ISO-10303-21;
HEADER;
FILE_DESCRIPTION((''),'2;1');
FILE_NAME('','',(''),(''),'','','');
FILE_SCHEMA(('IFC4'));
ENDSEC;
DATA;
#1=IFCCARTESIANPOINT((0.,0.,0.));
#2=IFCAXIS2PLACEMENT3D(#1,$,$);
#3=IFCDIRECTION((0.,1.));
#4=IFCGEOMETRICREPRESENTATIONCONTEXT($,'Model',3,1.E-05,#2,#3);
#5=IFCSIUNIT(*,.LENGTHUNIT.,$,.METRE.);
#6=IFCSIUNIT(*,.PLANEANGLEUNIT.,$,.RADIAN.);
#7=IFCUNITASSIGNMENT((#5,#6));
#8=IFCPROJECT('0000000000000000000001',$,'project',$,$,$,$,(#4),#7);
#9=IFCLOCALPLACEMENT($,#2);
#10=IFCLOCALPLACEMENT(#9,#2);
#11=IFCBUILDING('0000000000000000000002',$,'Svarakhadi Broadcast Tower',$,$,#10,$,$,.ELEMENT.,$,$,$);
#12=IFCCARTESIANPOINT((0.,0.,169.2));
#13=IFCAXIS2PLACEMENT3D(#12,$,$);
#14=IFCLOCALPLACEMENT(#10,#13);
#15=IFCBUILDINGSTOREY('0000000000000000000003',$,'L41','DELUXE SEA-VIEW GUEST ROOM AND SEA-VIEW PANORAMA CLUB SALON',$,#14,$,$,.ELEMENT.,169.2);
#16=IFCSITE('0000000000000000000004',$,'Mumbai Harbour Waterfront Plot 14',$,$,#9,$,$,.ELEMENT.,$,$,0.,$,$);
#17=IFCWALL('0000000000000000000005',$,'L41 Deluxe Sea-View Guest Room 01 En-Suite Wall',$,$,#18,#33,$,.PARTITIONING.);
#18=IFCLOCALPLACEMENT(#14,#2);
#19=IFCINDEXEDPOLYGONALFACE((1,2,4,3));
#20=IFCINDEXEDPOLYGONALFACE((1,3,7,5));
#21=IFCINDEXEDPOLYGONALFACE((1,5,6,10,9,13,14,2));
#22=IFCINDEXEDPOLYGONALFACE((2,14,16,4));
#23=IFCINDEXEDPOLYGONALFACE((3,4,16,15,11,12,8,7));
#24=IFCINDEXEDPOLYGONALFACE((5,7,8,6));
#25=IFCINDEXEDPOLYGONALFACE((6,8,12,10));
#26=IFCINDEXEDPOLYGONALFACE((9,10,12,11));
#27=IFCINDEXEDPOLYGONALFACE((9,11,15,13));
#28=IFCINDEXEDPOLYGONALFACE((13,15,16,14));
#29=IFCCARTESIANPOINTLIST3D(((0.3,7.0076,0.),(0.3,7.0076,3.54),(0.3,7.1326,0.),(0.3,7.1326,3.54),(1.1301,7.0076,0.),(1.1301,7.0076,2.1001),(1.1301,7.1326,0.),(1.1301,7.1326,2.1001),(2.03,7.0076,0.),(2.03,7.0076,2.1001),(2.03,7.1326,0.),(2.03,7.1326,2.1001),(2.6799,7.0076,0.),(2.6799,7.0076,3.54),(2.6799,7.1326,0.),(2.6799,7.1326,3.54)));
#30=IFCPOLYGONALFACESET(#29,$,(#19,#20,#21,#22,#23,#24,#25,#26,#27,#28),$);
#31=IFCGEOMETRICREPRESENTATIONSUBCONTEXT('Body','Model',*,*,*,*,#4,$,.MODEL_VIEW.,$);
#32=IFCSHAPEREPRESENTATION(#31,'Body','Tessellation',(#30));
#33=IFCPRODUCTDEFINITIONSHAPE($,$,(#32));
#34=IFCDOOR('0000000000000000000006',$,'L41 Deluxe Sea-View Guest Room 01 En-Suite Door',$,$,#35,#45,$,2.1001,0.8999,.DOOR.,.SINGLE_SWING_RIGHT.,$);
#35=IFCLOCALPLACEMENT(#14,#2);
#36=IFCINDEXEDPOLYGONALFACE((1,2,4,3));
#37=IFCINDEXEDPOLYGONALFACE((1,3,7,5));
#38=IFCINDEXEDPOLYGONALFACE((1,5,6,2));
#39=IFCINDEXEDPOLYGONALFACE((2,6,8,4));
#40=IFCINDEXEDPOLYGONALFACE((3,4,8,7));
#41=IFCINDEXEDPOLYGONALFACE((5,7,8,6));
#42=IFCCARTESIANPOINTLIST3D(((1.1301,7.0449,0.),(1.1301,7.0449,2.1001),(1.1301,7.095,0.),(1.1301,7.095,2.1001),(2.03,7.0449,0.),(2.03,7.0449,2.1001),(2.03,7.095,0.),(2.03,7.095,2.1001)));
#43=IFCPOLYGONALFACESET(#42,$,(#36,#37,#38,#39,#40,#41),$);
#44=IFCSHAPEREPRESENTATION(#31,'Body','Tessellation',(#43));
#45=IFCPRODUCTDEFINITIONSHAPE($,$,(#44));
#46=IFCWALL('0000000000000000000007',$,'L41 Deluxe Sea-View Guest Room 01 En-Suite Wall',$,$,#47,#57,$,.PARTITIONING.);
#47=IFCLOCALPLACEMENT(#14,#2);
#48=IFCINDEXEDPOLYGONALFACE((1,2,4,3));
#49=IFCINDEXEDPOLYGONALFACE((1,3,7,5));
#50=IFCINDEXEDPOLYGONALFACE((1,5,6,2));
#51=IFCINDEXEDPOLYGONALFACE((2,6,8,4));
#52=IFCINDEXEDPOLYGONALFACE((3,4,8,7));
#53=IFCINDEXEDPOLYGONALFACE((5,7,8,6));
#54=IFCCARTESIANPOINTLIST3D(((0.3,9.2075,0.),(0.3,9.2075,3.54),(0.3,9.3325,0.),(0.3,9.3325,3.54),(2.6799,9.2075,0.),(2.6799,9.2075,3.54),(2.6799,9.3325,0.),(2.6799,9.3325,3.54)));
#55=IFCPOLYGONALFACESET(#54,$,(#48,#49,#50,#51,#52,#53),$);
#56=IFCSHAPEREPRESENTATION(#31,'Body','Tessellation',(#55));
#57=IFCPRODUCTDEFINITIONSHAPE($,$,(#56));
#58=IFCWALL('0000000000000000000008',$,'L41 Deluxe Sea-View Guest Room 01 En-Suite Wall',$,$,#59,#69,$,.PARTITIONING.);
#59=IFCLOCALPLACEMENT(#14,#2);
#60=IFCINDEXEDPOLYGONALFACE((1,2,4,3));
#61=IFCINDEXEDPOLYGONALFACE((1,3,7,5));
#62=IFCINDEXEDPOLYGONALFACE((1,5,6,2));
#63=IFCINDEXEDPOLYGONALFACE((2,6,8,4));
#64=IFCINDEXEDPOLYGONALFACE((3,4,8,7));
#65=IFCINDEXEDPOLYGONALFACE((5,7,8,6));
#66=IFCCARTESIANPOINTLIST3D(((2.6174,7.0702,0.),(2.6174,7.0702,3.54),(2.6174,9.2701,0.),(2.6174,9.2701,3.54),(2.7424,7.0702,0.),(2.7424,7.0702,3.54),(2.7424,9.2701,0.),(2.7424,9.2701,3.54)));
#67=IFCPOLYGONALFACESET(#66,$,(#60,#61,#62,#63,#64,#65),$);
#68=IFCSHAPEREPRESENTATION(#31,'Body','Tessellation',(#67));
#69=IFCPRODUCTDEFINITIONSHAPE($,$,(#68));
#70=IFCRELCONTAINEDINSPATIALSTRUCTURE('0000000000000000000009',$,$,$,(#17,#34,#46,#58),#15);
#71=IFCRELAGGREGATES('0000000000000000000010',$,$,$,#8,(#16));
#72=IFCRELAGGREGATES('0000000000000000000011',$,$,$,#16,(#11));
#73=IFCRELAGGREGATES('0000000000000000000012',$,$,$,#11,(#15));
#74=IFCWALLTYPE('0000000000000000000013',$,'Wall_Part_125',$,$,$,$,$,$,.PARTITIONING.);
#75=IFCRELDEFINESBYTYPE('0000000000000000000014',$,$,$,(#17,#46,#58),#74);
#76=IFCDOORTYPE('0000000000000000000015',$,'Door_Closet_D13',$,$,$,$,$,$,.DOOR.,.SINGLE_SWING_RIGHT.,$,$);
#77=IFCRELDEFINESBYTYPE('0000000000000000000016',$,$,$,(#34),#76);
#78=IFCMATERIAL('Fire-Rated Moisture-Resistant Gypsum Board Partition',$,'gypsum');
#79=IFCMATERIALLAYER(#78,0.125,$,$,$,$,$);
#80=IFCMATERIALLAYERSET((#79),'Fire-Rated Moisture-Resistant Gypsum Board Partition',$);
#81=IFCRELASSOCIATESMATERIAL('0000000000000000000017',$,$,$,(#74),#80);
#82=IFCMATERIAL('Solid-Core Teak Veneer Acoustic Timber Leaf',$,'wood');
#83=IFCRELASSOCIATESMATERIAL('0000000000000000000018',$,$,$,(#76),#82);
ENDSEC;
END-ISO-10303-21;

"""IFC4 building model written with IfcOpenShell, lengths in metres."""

from ifc_helpers import new_model, si_unit, direction, frame, frame_2d, origin, place, context, subcontext, project, spatial, rectangle, extrude, material, layer, layer_set, type_object, element, fill, save


model = new_model("IFC4")

# Units and contexts
model_context = context("Model", 3, precision=1e-05, world=origin(), true_north=direction((0.0, 1.0)))
body_context = subcontext(model_context, "Body", "Model", "MODEL_VIEW")
ifc_project = project(units=[si_unit("LENGTHUNIT", "METRE"), si_unit("PLANEANGLEUNIT", "RADIAN")], contexts=[model_context])

# Site, building, storey
site_placement = place(None, origin())
site = spatial("IfcSite", under=ifc_project, at=site_placement, Name="Mumbai Harbour Waterfront Plot 14", CompositionType="ELEMENT", RefElevation=0.0)
building_placement = place(site_placement, origin())
building = spatial("IfcBuilding", under=site, at=building_placement, Name="Svarakhadi Broadcast Tower", CompositionType="ELEMENT")
storey_placement = place(building_placement, frame((0.0, 0.0, 169.2)))
storey = spatial("IfcBuildingStorey", under=building, at=storey_placement, Name="L41", Description="DELUXE SEA-VIEW GUEST ROOM AND SEA-VIEW PANORAMA CLUB SALON", CompositionType="ELEMENT", Elevation=169.2)

# Wall, opening, door
ifc_material_1 = material(Name="Fire-Rated Moisture-Resistant Gypsum Board Partition", Category="gypsum")
ifc_layer_1 = layer(ifc_material_1, 0.125)
ifc_layer_set_1 = layer_set([ifc_layer_1], Name="Fire-Rated Moisture-Resistant Gypsum Board Partition")
wall_type = type_object("IfcWallType", Name="Wall_Part_125", PredefinedType="PARTITIONING", material=ifc_layer_set_1)
wall_1_placement = place(storey_placement, frame((0.3, 7.0701, 0.0), z_axis=(0.0, 0.0, 1.0), x_axis=(1.0, 0.0, 0.0)))
wall_1 = element("IfcWall", 1, at=wall_1_placement, inside=storey, type_object=wall_type, Name="L41 Deluxe Sea-View Guest Room 01 En-Suite Wall", PredefinedType="PARTITIONING", context=body_context, shape_type="SweptSolid", body=[
    extrude(rectangle(XDim=2.3799, YDim=0.125, at=frame_2d((1.1899, 0.0))), origin(), (0.0, 0.0, 1.0), 3.54),
])
opening_placement = place(wall_1_placement, frame((0.8301, 0.0, 0.0)))
opening = element("IfcOpeningElement", 2, at=opening_placement, cuts=wall_1, PredefinedType="OPENING", context=body_context, shape_type="SweptSolid", body=[
    extrude(rectangle(XDim=0.8999, YDim=2.1001, at=frame_2d((0.45, 1.05))), frame((0.0, 0.0725, 0.0), z_axis=(0.0, -1.0, 0.0), x_axis=(1.0, 0.0, 0.0)), (0.0, 0.0, 1.0), 0.145),
])
ifc_material_2 = material(Name="Solid-Core Teak Veneer Acoustic Timber Leaf", Category="wood")
door_type = type_object("IfcDoorType", Name="Door_Closet_D13", OperationType="SINGLE_SWING_RIGHT", PredefinedType="DOOR", material=ifc_material_2)
door_placement = place(opening_placement, origin())
door = element("IfcDoor", 3, at=door_placement, inside=storey, type_object=door_type, Name="L41 Deluxe Sea-View Guest Room 01 En-Suite Door", OperationType="SINGLE_SWING_RIGHT", OverallHeight=2.1001, OverallWidth=0.8999, PredefinedType="DOOR", context=body_context, shape_type="SweptSolid", body=[
    extrude(rectangle(XDim=0.8999, YDim=2.1001, at=frame_2d((0.45, 1.05))), frame((0.0, 0.0249, 0.0), z_axis=(0.0, -1.0, 0.0), x_axis=(1.0, 0.0, 0.0)), (0.0, 0.0, 1.0), 0.05),
])
fill(opening, door)

# Walls
wall_2_placement = place(storey_placement, frame((0.3, 9.27, 0.0), z_axis=(0.0, 0.0, 1.0), x_axis=(1.0, 0.0, 0.0)))
element("IfcWall", 4, at=wall_2_placement, inside=storey, type_object=wall_type, Name="L41 Deluxe Sea-View Guest Room 01 En-Suite Wall", PredefinedType="PARTITIONING", context=body_context, shape_type="SweptSolid", body=[
    extrude(rectangle(XDim=2.3799, YDim=0.125, at=frame_2d((1.1899, 0.0))), origin(), (0.0, 0.0, 1.0), 3.54),
])
wall_3_placement = place(storey_placement, frame((2.6799, 7.0701, 0.0), z_axis=(0.0, 0.0, 1.0), x_axis=(0.0, 1.0, 0.0)))
element("IfcWall", 5, at=wall_3_placement, inside=storey, type_object=wall_type, Name="L41 Deluxe Sea-View Guest Room 01 En-Suite Wall", PredefinedType="PARTITIONING", context=body_context, shape_type="SweptSolid", body=[
    extrude(rectangle(XDim=2.2, YDim=0.125, at=frame_2d((1.1001, 0.0))), origin(), (0.0, 0.0, 1.0), 3.54),
])

save(model, "model.ifc")
